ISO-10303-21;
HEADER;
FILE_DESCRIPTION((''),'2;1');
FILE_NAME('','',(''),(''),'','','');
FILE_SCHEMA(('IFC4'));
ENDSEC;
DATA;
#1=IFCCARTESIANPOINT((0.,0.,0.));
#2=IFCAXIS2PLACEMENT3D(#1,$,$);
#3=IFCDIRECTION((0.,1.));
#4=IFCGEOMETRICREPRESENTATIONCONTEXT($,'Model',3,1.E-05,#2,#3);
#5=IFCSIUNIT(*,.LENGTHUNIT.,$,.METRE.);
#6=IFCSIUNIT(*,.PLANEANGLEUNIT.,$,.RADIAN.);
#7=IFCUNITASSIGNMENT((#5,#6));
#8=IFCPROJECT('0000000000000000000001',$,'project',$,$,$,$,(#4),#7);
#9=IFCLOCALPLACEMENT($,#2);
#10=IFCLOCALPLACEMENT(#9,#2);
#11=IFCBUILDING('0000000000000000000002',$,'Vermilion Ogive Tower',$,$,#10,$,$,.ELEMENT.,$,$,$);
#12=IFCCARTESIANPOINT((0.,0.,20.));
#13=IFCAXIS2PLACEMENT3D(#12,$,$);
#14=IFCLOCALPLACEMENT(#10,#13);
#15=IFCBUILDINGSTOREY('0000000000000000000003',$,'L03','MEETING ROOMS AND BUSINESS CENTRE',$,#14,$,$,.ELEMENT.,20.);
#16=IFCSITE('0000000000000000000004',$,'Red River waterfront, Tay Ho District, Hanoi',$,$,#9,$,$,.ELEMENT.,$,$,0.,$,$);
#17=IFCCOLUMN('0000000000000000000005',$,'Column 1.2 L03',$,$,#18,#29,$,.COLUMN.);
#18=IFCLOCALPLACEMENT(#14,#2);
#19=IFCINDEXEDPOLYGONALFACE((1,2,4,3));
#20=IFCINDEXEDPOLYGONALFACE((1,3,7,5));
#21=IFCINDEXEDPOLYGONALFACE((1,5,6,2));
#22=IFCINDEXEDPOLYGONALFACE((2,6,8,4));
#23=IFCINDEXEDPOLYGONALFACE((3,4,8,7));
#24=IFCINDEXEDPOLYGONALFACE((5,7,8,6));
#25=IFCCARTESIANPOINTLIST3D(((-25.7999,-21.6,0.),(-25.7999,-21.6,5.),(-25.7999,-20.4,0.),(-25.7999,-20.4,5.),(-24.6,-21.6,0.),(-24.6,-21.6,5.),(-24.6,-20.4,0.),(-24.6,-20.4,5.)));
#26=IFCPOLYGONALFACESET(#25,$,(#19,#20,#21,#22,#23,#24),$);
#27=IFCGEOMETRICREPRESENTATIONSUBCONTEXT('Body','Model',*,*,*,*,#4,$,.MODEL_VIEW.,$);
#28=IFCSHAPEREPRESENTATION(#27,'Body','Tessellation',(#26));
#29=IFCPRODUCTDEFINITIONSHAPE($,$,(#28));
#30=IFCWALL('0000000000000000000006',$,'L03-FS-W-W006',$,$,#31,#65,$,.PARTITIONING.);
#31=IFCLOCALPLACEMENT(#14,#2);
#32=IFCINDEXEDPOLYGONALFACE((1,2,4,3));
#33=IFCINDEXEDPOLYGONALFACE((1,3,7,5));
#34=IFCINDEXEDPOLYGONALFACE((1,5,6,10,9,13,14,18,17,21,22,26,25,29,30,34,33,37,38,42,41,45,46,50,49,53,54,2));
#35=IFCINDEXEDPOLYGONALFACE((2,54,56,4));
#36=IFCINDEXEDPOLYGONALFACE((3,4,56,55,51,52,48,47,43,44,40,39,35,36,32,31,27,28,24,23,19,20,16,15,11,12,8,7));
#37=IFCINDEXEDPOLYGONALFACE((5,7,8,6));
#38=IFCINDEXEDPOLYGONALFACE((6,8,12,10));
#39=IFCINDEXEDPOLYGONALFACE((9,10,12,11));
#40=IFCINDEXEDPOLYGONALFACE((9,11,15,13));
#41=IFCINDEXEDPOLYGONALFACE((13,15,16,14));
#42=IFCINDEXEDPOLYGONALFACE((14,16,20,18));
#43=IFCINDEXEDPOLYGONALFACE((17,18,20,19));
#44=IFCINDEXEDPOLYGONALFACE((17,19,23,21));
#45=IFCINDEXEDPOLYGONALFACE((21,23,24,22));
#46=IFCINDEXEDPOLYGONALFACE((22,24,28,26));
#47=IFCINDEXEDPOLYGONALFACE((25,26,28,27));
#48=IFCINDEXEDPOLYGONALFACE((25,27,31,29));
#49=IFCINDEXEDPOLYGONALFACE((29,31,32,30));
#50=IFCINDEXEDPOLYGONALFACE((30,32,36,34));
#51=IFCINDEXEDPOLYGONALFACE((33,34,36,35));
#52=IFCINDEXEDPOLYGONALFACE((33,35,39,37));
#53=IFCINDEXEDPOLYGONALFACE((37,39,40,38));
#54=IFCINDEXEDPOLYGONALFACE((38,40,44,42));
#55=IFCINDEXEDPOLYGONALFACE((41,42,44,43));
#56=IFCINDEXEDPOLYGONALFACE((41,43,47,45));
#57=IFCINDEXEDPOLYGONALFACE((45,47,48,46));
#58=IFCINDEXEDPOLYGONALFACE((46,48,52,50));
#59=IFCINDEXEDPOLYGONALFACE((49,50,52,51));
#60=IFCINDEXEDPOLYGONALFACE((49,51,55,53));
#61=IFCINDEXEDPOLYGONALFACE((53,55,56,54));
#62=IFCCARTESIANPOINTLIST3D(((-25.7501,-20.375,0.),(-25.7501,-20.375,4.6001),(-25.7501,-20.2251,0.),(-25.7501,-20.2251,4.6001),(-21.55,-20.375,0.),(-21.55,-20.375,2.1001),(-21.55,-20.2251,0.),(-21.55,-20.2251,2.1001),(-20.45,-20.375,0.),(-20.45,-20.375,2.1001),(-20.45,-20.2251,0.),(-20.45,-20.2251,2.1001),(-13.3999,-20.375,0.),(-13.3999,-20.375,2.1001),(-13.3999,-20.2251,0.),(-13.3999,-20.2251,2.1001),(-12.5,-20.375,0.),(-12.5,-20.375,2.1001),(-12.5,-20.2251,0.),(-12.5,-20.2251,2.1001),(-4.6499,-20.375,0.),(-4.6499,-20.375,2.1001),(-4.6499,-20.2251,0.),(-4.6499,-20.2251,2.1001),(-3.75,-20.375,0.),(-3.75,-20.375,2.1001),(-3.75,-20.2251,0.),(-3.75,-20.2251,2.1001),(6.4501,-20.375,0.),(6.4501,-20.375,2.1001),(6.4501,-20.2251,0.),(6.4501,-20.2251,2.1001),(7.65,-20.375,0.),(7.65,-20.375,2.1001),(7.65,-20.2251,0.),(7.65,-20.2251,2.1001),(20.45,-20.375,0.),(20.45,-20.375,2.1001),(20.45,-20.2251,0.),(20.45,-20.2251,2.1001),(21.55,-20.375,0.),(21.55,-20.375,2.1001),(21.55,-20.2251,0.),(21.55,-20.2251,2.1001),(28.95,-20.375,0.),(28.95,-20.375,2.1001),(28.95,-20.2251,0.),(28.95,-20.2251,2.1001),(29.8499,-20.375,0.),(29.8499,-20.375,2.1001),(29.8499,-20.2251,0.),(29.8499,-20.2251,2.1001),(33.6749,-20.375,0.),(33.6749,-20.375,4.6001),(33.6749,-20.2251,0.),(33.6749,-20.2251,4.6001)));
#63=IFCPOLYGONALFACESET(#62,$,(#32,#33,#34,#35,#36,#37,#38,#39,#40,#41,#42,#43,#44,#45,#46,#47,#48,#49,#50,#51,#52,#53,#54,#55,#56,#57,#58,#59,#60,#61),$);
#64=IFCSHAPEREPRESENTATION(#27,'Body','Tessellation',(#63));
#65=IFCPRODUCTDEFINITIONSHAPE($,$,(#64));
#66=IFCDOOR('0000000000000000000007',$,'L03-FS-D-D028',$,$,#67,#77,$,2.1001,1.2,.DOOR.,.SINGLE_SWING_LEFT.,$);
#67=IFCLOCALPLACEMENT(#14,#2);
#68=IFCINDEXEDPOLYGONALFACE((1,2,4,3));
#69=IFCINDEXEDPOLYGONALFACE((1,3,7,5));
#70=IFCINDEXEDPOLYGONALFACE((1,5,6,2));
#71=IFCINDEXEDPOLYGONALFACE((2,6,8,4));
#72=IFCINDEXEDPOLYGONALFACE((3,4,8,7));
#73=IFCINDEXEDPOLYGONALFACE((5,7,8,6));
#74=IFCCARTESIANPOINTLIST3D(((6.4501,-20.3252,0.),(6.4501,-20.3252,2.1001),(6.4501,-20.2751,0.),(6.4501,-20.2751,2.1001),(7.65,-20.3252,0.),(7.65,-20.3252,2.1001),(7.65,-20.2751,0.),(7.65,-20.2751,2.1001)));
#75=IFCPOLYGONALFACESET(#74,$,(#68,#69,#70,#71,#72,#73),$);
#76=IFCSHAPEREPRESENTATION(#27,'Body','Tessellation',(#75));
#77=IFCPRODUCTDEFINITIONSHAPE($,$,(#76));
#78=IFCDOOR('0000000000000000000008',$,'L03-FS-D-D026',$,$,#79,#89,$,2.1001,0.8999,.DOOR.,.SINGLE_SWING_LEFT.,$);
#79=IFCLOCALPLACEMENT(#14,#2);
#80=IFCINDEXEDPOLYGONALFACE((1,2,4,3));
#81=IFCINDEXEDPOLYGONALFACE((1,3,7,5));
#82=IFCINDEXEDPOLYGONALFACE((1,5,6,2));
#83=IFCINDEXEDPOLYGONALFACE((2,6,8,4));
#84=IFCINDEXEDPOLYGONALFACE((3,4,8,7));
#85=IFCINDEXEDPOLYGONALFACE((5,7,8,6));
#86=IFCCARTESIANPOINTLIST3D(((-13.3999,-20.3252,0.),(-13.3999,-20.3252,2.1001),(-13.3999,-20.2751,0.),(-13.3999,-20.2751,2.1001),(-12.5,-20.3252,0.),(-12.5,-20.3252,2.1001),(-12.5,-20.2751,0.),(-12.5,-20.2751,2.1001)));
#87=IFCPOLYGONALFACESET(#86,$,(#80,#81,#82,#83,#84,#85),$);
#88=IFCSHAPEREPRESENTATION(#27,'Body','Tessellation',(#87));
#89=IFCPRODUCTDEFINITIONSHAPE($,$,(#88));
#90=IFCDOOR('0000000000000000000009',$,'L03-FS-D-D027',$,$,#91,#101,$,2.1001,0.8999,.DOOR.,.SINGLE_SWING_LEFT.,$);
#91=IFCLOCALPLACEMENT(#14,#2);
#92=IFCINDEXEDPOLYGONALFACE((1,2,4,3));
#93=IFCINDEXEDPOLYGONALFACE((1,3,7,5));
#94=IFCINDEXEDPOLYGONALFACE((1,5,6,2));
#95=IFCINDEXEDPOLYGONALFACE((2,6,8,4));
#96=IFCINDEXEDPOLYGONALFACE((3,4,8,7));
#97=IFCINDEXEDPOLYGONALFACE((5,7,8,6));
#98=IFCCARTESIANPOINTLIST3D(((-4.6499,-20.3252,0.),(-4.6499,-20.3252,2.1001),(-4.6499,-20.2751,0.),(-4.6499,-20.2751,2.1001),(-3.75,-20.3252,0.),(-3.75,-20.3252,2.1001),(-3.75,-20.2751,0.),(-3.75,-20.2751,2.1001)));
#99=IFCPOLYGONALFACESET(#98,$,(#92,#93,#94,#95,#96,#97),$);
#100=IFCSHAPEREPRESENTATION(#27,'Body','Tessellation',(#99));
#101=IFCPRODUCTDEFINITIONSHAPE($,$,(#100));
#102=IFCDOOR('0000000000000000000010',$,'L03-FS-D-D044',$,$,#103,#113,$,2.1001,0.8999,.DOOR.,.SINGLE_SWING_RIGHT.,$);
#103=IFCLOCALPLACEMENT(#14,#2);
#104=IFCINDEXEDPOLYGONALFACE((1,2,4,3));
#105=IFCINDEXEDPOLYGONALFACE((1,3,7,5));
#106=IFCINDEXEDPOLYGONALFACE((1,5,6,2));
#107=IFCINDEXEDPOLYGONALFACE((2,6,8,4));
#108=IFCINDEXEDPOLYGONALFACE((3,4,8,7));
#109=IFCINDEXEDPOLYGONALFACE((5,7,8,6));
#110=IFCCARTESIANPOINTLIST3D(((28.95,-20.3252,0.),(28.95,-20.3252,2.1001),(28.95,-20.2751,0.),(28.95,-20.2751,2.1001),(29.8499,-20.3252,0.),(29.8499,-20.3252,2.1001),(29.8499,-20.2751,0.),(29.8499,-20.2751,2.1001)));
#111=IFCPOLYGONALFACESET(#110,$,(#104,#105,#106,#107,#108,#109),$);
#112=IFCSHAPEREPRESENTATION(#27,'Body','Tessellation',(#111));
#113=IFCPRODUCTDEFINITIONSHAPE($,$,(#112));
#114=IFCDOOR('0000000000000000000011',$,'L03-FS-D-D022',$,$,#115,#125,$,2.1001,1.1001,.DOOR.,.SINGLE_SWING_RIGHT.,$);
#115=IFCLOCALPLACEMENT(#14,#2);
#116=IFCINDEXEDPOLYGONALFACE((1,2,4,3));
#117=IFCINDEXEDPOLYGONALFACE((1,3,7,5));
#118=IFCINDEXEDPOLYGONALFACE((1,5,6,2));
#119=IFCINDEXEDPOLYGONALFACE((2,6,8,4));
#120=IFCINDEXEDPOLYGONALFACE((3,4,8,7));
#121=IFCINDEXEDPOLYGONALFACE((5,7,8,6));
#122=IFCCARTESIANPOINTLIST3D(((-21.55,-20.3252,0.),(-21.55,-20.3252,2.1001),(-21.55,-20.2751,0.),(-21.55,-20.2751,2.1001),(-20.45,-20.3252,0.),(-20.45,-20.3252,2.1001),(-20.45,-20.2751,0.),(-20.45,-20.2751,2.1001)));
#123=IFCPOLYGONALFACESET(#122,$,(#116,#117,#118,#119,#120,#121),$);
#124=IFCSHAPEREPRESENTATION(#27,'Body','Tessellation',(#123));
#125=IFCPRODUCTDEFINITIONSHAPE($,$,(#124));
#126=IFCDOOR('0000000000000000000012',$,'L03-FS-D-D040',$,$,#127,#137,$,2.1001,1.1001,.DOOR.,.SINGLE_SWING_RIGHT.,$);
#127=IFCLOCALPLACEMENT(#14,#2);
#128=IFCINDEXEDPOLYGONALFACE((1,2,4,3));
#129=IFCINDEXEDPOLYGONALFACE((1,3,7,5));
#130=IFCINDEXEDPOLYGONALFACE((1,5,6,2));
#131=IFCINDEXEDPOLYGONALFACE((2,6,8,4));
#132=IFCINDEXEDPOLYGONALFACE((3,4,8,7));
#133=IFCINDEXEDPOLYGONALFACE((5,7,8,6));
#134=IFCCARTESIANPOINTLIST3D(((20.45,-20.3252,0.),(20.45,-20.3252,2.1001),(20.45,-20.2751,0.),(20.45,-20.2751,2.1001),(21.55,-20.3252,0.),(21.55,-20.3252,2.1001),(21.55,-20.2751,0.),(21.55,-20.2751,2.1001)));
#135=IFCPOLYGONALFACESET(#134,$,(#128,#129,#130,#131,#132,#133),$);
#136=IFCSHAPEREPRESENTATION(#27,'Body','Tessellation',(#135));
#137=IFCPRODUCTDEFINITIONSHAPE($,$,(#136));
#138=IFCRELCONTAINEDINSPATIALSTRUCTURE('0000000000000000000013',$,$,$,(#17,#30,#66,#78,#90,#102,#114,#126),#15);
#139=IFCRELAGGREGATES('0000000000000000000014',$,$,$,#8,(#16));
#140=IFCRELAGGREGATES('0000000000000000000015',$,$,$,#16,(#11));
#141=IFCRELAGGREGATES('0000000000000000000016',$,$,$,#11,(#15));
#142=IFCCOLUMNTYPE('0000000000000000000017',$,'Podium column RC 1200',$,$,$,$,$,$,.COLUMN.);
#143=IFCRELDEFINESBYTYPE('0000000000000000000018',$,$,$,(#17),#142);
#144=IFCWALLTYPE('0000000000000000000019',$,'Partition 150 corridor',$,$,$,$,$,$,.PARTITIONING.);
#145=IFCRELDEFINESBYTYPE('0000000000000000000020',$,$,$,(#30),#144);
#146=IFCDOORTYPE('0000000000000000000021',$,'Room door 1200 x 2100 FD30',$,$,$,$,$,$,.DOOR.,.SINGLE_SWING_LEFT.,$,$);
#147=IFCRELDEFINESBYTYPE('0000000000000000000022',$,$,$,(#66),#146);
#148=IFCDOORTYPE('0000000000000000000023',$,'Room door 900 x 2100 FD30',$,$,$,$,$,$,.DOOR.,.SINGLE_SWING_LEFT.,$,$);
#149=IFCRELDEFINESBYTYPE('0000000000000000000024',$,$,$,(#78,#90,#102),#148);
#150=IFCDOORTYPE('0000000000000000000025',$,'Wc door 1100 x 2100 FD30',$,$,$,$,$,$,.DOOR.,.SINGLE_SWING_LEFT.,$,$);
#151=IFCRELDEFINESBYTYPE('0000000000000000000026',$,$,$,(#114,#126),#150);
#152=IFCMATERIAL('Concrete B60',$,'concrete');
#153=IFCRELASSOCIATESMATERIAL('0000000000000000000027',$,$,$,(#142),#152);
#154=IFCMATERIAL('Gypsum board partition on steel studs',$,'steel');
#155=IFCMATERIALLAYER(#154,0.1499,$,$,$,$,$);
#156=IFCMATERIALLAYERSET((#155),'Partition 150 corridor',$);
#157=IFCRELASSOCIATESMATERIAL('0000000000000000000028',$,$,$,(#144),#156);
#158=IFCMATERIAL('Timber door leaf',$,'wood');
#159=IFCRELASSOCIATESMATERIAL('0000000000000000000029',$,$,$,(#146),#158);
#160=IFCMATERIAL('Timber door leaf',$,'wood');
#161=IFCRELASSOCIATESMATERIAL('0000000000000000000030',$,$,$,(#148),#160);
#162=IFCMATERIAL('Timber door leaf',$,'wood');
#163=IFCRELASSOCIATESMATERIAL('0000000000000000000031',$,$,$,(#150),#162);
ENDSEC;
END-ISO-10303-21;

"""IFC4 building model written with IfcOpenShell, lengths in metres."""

from ifc_helpers import new_model, si_unit, direction, frame, frame_2d, origin, origin_2d, place, context, subcontext, project, spatial, rectangle, extrude, material, layer, layer_set, material_profile, profile_set, type_object, element, fill, save


model = new_model("IFC4")

# Units and contexts
model_context = context("Model", 3, precision=1e-05, world=origin(), true_north=direction((0.0, 1.0)))
body_context = subcontext(model_context, "Body", "Model", "MODEL_VIEW")
ifc_project = project(units=[si_unit("LENGTHUNIT", "METRE"), si_unit("PLANEANGLEUNIT", "RADIAN")], contexts=[model_context])

# Site, building, storey
site_placement = place(None, origin())
site = spatial("IfcSite", under=ifc_project, at=site_placement, Name="Red River waterfront, Tay Ho District, Hanoi", CompositionType="ELEMENT", RefElevation=0.0)
building_placement = place(site_placement, origin())
building = spatial("IfcBuilding", under=site, at=building_placement, Name="Vermilion Ogive Tower", CompositionType="ELEMENT")
storey_placement = place(building_placement, frame((0.0, 0.0, 20.0)))
storey = spatial("IfcBuildingStorey", under=building, at=storey_placement, Name="L03", Description="MEETING ROOMS AND BUSINESS CENTRE", CompositionType="ELEMENT", Elevation=20.0)

# Column
ifc_material_1 = material(Name="Concrete B60", Category="concrete")
ifc_material_profile = material_profile(ifc_material_1, rectangle(XDim=1.2, YDim=1.2, at=origin_2d()), Name="RC 1200x1200")
ifc_profile_set = profile_set([ifc_material_profile], Name="Concrete B60")
column_type = type_object("IfcColumnType", Name="Podium column RC 1200", PredefinedType="COLUMN", material=ifc_profile_set)
column_placement = place(storey_placement, frame((-25.2, -21.0, 0.0), z_axis=(0.0, 0.0, 1.0), x_axis=(1.0, 0.0, 0.0)))
element("IfcColumn", 1, at=column_placement, inside=storey, type_object=column_type, Name="Column 1.2 L03", PredefinedType="COLUMN", context=body_context, shape_type="SweptSolid", body=[
    extrude(rectangle(XDim=1.2, YDim=1.2, at=origin_2d()), origin(), (0.0, 0.0, 1.0), 5.0),
])

# Wall, openings, doors
ifc_material_2 = material(Name="Gypsum board partition on steel studs", Category="steel")
ifc_layer_1 = layer(ifc_material_2, 0.1499)
ifc_layer_set_1 = layer_set([ifc_layer_1], Name="Partition 150 corridor")
wall_type_1 = type_object("IfcWallType", Name="Partition 150 corridor", PredefinedType="PARTITIONING", material=ifc_layer_set_1)
wall_1_placement = place(storey_placement, frame((-25.75, -20.3, 0.0), z_axis=(0.0, 0.0, 1.0), x_axis=(1.0, 0.0, 0.0)))
wall_1 = element("IfcWall", 2, at=wall_1_placement, inside=storey, type_object=wall_type_1, Name="L03-FS-W-W006", PredefinedType="PARTITIONING", context=body_context, shape_type="SweptSolid", body=[
    extrude(rectangle(XDim=59.425, YDim=0.1499, at=frame_2d((29.7124, 0.0))), origin(), (0.0, 0.0, 1.0), 4.6001),
])
opening_1_placement = place(wall_1_placement, frame((4.2, 0.0, 0.0)))
opening_1 = element("IfcOpeningElement", 3, at=opening_1_placement, cuts=wall_1, PredefinedType="OPENING", context=body_context, shape_type="SweptSolid", body=[
    extrude(rectangle(XDim=1.1001, YDim=2.1001, at=frame_2d((0.55, 1.05))), frame((0.0, 0.085, 0.0), z_axis=(0.0, -1.0, 0.0), x_axis=(1.0, 0.0, 0.0)), (0.0, 0.0, 1.0), 0.1699),
])
opening_2_placement = place(wall_1_placement, frame((12.3501, 0.0, 0.0)))
opening_2 = element("IfcOpeningElement", 4, at=opening_2_placement, cuts=wall_1, PredefinedType="OPENING", context=body_context, shape_type="SweptSolid", body=[
    extrude(rectangle(XDim=0.8999, YDim=2.1001, at=frame_2d((0.45, 1.05))), frame((0.0, 0.085, 0.0), z_axis=(0.0, -1.0, 0.0), x_axis=(1.0, 0.0, 0.0)), (0.0, 0.0, 1.0), 0.1699),
])
opening_3_placement = place(wall_1_placement, frame((21.1001, 0.0, 0.0)))
opening_3 = element("IfcOpeningElement", 5, at=opening_3_placement, cuts=wall_1, PredefinedType="OPENING", context=body_context, shape_type="SweptSolid", body=[
    extrude(rectangle(XDim=0.8999, YDim=2.1001, at=frame_2d((0.45, 1.05))), frame((0.0, 0.085, 0.0), z_axis=(0.0, -1.0, 0.0), x_axis=(1.0, 0.0, 0.0)), (0.0, 0.0, 1.0), 0.1699),
])
opening_4_placement = place(wall_1_placement, frame((32.2, 0.0, 0.0)))
opening_4 = element("IfcOpeningElement", 6, at=opening_4_placement, cuts=wall_1, PredefinedType="OPENING", context=body_context, shape_type="SweptSolid", body=[
    extrude(rectangle(XDim=1.2, YDim=2.1001, at=frame_2d((0.6001, 1.05))), frame((0.0, 0.085, 0.0), z_axis=(0.0, -1.0, 0.0), x_axis=(1.0, 0.0, 0.0)), (0.0, 0.0, 1.0), 0.1699),
])
opening_5_placement = place(wall_1_placement, frame((46.2, 0.0, 0.0)))
opening_5 = element("IfcOpeningElement", 7, at=opening_5_placement, cuts=wall_1, PredefinedType="OPENING", context=body_context, shape_type="SweptSolid", body=[
    extrude(rectangle(XDim=1.1001, YDim=2.1001, at=frame_2d((0.55, 1.05))), frame((0.0, 0.085, 0.0), z_axis=(0.0, -1.0, 0.0), x_axis=(1.0, 0.0, 0.0)), (0.0, 0.0, 1.0), 0.1699),
])
opening_6_placement = place(wall_1_placement, frame((54.7, 0.0, 0.0)))
opening_6 = element("IfcOpeningElement", 8, at=opening_6_placement, cuts=wall_1, PredefinedType="OPENING", context=body_context, shape_type="SweptSolid", body=[
    extrude(rectangle(XDim=0.8999, YDim=2.1001, at=frame_2d((0.45, 1.05))), frame((0.0, 0.085, 0.0), z_axis=(0.0, -1.0, 0.0), x_axis=(1.0, 0.0, 0.0)), (0.0, 0.0, 1.0), 0.1699),
])
ifc_material_3 = material(Name="Timber door leaf", Category="wood")
door_type_1 = type_object("IfcDoorType", Name="Room door 1200 x 2100 FD30", OperationType="SINGLE_SWING_LEFT", PredefinedType="DOOR", material=ifc_material_3)
door_1_placement = place(opening_4_placement, origin())
door_1 = element("IfcDoor", 9, at=door_1_placement, inside=storey, type_object=door_type_1, Name="L03-FS-D-D028", OperationType="SINGLE_SWING_LEFT", OverallHeight=2.1001, OverallWidth=1.2, PredefinedType="DOOR", context=body_context, shape_type="SweptSolid", body=[
    extrude(rectangle(XDim=1.2, YDim=2.1001, at=frame_2d((0.6001, 1.05))), frame((0.0, 0.0249, 0.0), z_axis=(0.0, -1.0, 0.0), x_axis=(1.0, 0.0, 0.0)), (0.0, 0.0, 1.0), 0.05),
])
fill(opening_4, door_1)
ifc_material_4 = material(Name="Timber door leaf", Category="wood")
door_type_2 = type_object("IfcDoorType", Name="Room door 900 x 2100 FD30", OperationType="SINGLE_SWING_LEFT", PredefinedType="DOOR", material=ifc_material_4)
door_2_placement = place(opening_2_placement, origin())
door_2 = element("IfcDoor", 10, at=door_2_placement, inside=storey, type_object=door_type_2, Name="L03-FS-D-D026", OperationType="SINGLE_SWING_LEFT", OverallHeight=2.1001, OverallWidth=0.8999, PredefinedType="DOOR", context=body_context, shape_type="SweptSolid", body=[
    extrude(rectangle(XDim=0.8999, YDim=2.1001, at=frame_2d((0.45, 1.05))), frame((0.0, 0.0249, 0.0), z_axis=(0.0, -1.0, 0.0), x_axis=(1.0, 0.0, 0.0)), (0.0, 0.0, 1.0), 0.05),
])
fill(opening_2, door_2)
door_3_placement = place(opening_3_placement, origin())
door_3 = element("IfcDoor", 11, at=door_3_placement, inside=storey, type_object=door_type_2, Name="L03-FS-D-D027", OperationType="SINGLE_SWING_LEFT", OverallHeight=2.1001, OverallWidth=0.8999, PredefinedType="DOOR", context=body_context, shape_type="SweptSolid", body=[
    extrude(rectangle(XDim=0.8999, YDim=2.1001, at=frame_2d((0.45, 1.05))), frame((0.0, 0.0249, 0.0), z_axis=(0.0, -1.0, 0.0), x_axis=(1.0, 0.0, 0.0)), (0.0, 0.0, 1.0), 0.05),
])
fill(opening_3, door_3)
door_4_placement = place(opening_6_placement, origin())
door_4 = element("IfcDoor", 12, at=door_4_placement, inside=storey, type_object=door_type_2, Name="L03-FS-D-D044", OperationType="SINGLE_SWING_RIGHT", OverallHeight=2.1001, OverallWidth=0.8999, PredefinedType="DOOR", context=body_context, shape_type="SweptSolid", body=[
    extrude(rectangle(XDim=0.8999, YDim=2.1001, at=frame_2d((0.45, 1.05))), frame((0.0, 0.0249, 0.0), z_axis=(0.0, -1.0, 0.0), x_axis=(1.0, 0.0, 0.0)), (0.0, 0.0, 1.0), 0.05),
])
fill(opening_6, door_4)
ifc_material_5 = material(Name="Timber door leaf", Category="wood")
door_type_3 = type_object("IfcDoorType", Name="Wc door 1100 x 2100 FD30", OperationType="SINGLE_SWING_LEFT", PredefinedType="DOOR", material=ifc_material_5)
door_5_placement = place(opening_1_placement, origin())
door_5 = element("IfcDoor", 13, at=door_5_placement, inside=storey, type_object=door_type_3, Name="L03-FS-D-D022", OperationType="SINGLE_SWING_RIGHT", OverallHeight=2.1001, OverallWidth=1.1001, PredefinedType="DOOR", context=body_context, shape_type="SweptSolid", body=[
    extrude(rectangle(XDim=1.1001, YDim=2.1001, at=frame_2d((0.55, 1.05))), frame((0.0, 0.0249, 0.0), z_axis=(0.0, -1.0, 0.0), x_axis=(1.0, 0.0, 0.0)), (0.0, 0.0, 1.0), 0.05),
])
fill(opening_1, door_5)
door_6_placement = place(opening_5_placement, origin())
door_6 = element("IfcDoor", 14, at=door_6_placement, inside=storey, type_object=door_type_3, Name="L03-FS-D-D040", OperationType="SINGLE_SWING_RIGHT", OverallHeight=2.1001, OverallWidth=1.1001, PredefinedType="DOOR", context=body_context, shape_type="SweptSolid", body=[
    extrude(rectangle(XDim=1.1001, YDim=2.1001, at=frame_2d((0.55, 1.05))), frame((0.0, 0.0249, 0.0), z_axis=(0.0, -1.0, 0.0), x_axis=(1.0, 0.0, 0.0)), (0.0, 0.0, 1.0), 0.05),
])
fill(opening_5, door_6)

save(model, "model.ifc")
